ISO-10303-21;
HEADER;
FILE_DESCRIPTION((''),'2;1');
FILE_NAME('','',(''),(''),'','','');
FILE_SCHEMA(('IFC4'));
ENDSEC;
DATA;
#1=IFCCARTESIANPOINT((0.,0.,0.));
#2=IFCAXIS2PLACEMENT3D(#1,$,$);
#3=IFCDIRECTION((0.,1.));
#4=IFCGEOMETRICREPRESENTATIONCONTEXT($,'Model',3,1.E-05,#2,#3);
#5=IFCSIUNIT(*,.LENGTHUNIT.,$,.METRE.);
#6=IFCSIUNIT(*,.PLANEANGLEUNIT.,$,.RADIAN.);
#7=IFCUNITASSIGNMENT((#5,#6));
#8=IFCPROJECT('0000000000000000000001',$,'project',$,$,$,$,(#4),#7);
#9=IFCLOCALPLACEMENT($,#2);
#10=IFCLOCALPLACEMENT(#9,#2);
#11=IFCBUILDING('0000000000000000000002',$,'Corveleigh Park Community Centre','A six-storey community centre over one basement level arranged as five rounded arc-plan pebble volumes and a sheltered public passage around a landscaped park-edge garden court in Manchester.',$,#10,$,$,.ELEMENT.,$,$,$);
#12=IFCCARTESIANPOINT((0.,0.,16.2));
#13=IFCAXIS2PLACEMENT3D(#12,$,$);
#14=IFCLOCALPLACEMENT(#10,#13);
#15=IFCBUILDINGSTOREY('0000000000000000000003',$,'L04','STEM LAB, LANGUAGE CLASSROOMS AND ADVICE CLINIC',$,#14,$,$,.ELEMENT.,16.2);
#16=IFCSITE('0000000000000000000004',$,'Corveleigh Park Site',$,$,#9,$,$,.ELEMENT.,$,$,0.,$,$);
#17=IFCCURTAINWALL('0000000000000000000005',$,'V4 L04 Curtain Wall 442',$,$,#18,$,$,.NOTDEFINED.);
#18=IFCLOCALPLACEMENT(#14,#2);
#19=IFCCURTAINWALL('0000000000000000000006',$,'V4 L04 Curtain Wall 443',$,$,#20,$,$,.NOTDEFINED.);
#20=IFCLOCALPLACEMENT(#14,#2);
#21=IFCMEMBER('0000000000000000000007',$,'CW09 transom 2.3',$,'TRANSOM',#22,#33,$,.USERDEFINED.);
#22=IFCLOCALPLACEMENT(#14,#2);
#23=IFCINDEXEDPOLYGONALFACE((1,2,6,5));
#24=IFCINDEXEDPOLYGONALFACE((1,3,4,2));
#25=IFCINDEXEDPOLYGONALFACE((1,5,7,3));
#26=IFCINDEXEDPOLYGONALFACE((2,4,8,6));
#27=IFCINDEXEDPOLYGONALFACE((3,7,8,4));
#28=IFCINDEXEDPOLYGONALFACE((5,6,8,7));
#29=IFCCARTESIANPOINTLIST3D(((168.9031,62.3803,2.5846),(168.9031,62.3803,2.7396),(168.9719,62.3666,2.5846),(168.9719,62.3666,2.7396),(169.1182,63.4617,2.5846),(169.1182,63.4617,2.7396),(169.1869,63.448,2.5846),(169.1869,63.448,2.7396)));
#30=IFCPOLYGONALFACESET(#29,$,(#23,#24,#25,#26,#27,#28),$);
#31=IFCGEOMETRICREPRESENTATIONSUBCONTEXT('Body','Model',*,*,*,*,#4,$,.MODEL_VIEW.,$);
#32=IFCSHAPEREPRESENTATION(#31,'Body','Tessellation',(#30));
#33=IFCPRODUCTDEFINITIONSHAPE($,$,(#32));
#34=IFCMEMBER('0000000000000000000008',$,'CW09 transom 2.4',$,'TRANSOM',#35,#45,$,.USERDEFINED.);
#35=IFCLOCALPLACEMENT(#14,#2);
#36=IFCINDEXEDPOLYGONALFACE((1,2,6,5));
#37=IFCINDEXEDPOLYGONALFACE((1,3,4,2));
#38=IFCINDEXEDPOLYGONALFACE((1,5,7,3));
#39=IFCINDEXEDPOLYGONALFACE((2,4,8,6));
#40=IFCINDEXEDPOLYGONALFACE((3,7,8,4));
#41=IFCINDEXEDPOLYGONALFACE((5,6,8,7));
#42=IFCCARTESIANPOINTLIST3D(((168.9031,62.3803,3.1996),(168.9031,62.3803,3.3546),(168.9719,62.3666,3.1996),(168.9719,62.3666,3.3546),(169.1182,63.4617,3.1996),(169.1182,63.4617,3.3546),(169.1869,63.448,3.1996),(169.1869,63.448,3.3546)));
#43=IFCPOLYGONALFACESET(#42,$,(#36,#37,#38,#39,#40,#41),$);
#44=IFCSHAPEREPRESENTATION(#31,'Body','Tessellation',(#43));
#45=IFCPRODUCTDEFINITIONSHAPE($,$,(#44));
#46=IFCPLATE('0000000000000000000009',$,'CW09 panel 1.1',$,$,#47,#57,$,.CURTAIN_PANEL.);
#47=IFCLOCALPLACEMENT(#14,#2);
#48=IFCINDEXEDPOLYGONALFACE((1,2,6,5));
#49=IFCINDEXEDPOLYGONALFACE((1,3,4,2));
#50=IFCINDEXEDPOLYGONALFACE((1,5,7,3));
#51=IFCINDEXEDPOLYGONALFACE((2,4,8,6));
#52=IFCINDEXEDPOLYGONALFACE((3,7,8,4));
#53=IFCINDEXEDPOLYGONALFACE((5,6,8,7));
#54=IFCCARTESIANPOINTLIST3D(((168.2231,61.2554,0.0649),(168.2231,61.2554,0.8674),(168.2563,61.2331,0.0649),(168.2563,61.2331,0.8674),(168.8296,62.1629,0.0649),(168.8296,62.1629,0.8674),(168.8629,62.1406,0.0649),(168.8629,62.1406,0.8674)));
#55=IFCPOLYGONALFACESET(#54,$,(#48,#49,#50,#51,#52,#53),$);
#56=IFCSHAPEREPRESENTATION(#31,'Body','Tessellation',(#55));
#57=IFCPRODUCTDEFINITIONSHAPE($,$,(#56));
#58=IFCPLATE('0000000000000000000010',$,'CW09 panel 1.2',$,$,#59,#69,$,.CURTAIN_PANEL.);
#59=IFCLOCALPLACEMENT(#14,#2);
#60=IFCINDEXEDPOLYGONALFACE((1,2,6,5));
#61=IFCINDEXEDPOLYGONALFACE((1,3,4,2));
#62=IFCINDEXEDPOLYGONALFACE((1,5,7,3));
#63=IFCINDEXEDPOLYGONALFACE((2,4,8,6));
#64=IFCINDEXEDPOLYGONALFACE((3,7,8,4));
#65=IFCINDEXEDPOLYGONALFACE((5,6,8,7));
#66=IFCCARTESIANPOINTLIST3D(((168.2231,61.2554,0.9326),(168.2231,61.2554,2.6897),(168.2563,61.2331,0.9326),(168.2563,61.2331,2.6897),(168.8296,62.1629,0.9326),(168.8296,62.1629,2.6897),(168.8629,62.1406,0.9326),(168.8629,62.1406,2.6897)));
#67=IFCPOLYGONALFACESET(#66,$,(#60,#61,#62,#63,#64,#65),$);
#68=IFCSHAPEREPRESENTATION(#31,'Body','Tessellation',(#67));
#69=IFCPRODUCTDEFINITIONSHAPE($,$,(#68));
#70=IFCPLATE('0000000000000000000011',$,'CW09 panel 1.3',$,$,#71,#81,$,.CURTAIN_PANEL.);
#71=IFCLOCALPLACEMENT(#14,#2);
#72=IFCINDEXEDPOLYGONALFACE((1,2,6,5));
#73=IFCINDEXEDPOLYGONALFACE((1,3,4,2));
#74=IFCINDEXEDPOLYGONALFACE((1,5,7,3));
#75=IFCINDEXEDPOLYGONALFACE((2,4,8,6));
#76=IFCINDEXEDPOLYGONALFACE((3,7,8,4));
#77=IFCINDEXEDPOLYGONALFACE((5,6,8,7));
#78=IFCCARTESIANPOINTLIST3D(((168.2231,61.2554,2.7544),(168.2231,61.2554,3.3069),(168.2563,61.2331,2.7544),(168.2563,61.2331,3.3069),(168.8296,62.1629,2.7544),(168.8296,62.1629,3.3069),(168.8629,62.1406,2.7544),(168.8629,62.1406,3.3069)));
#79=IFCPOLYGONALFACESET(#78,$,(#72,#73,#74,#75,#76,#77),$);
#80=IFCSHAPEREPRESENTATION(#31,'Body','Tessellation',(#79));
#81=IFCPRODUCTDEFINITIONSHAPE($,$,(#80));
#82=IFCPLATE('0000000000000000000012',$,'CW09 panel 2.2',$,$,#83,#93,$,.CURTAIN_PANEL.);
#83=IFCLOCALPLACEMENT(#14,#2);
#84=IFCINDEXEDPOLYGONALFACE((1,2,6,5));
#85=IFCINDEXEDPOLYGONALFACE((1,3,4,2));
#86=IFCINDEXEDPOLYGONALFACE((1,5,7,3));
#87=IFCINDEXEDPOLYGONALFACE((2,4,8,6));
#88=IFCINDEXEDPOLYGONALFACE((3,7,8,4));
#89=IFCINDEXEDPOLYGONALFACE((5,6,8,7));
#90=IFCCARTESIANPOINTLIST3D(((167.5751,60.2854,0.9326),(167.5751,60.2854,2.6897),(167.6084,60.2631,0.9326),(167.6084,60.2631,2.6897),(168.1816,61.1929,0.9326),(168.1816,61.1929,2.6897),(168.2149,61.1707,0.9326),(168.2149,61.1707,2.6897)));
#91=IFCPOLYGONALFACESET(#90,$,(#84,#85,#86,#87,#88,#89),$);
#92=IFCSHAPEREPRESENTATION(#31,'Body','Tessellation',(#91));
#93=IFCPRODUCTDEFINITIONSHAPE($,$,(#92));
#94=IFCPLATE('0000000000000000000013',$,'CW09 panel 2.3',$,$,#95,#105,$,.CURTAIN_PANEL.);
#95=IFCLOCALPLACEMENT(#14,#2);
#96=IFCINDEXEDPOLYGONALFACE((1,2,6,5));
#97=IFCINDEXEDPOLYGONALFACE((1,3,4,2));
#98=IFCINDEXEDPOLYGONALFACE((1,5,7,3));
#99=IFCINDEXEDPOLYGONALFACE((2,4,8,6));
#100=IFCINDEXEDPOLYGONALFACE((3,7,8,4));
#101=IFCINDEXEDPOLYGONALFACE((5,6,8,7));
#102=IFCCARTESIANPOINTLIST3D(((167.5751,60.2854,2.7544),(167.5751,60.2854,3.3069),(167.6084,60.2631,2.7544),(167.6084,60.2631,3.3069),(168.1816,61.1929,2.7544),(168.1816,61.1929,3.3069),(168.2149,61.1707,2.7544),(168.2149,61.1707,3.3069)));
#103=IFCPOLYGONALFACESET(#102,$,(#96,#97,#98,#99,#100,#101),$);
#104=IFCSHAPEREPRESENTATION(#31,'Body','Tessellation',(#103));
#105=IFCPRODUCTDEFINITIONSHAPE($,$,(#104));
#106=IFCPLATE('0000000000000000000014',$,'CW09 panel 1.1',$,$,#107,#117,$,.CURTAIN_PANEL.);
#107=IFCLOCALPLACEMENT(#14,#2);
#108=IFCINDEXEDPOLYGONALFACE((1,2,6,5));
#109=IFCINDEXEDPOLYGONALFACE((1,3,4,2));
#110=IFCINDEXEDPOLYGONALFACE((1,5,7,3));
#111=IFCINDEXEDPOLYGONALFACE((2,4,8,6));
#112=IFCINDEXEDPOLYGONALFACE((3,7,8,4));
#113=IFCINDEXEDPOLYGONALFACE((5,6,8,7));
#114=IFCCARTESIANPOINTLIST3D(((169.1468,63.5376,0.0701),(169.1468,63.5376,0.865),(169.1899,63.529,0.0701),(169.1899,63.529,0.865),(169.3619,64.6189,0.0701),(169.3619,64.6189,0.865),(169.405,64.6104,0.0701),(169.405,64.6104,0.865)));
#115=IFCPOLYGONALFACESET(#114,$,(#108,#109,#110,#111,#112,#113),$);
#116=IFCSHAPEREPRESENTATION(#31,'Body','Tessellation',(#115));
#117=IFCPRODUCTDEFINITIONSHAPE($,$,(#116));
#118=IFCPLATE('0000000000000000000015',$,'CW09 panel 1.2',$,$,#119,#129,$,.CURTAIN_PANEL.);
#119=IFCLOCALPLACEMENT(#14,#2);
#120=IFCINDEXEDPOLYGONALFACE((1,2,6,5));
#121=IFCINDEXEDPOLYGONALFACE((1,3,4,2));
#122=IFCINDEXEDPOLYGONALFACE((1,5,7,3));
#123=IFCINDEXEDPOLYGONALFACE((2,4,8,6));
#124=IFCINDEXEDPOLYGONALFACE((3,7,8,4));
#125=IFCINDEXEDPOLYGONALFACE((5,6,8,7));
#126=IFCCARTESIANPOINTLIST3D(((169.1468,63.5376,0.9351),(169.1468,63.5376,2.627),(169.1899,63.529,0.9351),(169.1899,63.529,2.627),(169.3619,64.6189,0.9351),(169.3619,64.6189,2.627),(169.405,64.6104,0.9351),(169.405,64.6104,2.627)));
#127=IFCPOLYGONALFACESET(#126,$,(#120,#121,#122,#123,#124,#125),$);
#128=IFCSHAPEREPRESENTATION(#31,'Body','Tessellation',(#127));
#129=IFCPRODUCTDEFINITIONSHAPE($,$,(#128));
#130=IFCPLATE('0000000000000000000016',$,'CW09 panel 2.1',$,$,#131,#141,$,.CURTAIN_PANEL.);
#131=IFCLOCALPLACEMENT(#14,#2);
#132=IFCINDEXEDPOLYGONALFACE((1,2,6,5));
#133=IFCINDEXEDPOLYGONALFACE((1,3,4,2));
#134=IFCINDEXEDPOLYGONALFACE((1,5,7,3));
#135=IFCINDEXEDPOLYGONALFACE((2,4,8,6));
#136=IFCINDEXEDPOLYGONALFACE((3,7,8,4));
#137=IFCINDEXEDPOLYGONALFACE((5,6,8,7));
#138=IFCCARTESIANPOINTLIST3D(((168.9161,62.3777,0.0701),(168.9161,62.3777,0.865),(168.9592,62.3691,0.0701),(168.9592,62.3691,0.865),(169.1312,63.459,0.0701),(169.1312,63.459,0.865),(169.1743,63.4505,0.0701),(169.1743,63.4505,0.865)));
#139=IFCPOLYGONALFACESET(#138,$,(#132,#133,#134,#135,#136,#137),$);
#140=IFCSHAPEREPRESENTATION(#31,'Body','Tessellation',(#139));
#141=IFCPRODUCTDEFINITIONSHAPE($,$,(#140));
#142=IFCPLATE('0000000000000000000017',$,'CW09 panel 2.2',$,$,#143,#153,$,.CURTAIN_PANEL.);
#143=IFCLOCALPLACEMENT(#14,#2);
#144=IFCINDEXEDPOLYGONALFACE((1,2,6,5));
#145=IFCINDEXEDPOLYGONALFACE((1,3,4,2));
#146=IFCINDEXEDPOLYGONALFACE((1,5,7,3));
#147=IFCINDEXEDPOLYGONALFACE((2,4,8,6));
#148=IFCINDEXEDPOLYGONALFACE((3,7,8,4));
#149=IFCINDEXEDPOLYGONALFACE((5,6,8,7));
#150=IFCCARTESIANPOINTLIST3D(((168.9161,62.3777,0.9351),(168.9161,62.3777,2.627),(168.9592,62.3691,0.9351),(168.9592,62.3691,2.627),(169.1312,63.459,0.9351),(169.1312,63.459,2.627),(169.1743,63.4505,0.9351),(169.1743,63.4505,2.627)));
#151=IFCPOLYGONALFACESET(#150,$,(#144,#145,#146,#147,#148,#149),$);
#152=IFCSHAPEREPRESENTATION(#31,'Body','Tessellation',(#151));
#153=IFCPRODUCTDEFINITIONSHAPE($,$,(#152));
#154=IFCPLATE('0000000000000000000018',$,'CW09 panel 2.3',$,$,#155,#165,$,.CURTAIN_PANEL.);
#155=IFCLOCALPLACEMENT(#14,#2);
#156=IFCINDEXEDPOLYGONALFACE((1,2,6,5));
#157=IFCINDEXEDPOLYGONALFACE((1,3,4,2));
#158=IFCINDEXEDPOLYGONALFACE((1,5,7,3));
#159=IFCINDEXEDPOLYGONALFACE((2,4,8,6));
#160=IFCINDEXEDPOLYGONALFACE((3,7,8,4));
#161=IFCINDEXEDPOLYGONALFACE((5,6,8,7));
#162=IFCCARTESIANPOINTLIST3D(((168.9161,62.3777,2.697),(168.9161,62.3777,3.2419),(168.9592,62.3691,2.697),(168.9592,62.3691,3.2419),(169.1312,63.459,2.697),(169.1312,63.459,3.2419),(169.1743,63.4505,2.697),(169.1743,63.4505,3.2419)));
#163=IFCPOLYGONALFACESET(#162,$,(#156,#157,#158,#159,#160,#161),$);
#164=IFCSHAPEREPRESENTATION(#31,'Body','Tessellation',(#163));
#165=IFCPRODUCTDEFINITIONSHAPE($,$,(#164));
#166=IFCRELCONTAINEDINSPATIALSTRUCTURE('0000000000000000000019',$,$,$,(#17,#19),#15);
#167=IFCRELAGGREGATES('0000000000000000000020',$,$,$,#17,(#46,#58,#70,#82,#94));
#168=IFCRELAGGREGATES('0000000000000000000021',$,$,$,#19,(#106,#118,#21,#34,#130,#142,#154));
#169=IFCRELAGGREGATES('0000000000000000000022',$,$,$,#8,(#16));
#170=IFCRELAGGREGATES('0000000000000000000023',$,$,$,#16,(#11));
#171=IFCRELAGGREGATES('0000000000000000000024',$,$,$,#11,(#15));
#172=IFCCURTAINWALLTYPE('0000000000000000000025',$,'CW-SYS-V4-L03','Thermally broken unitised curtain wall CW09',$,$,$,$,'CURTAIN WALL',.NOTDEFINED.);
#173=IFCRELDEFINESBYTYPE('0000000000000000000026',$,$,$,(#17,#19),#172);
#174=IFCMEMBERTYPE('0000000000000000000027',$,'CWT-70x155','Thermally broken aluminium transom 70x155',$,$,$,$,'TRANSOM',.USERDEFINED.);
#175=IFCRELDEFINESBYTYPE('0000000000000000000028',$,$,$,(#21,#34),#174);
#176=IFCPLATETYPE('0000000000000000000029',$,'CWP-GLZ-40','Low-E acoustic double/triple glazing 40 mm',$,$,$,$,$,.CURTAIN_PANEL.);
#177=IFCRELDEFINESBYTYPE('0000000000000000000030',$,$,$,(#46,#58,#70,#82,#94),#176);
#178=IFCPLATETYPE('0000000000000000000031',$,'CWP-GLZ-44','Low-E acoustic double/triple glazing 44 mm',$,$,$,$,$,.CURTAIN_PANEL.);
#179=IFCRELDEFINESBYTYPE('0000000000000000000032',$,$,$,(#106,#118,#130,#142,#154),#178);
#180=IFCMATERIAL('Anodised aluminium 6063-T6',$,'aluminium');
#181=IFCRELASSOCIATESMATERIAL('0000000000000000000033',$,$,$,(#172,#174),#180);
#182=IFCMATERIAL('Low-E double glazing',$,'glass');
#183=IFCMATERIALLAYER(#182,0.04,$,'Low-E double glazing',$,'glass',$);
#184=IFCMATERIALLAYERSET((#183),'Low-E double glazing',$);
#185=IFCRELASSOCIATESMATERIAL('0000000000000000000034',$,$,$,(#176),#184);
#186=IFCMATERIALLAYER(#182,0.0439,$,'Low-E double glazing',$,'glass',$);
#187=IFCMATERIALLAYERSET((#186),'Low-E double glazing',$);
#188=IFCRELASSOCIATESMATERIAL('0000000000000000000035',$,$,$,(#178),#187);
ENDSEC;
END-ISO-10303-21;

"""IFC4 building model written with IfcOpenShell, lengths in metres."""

from ifc_helpers import new_model, si_unit, direction, frame, origin, origin_2d, place, context, subcontext, project, spatial, rectangle, extrude, material, layer, layer_set, material_profile, profile_set, type_object, element, aggregate, save


model = new_model("IFC4")

# Units and contexts
model_context = context("Model", 3, precision=1e-05, world=origin(), true_north=direction((0.0, 1.0)))
body_context = subcontext(model_context, "Body", "Model", "MODEL_VIEW")
ifc_project = project(units=[si_unit("LENGTHUNIT", "METRE"), si_unit("PLANEANGLEUNIT", "RADIAN")], contexts=[model_context])

# Site, building, storey
site_placement = place(None, origin())
site = spatial("IfcSite", under=ifc_project, at=site_placement, Name="Corveleigh Park Site", CompositionType="ELEMENT", RefElevation=0.0)
building_placement = place(site_placement, origin())
building = spatial("IfcBuilding", under=site, at=building_placement, Name="Corveleigh Park Community Centre", Description="A six-storey community centre over one basement level arranged as five rounded arc-plan pebble volumes and a sheltered public passage around a landscaped park-edge garden court in Manchester.", CompositionType="ELEMENT")
storey_placement = place(building_placement, frame((0.0, 0.0, 16.2)))
storey = spatial("IfcBuildingStorey", under=building, at=storey_placement, Name="L04", Description="STEM LAB, LANGUAGE CLASSROOMS AND ADVICE CLINIC", CompositionType="ELEMENT", Elevation=16.2)

# Curtain walls
ifc_material_1 = material(Name="Anodised aluminium 6063-T6", Category="aluminium")
curtain_wall_type = type_object("IfcCurtainWallType", Name="CW-SYS-V4-L03", Description="Thermally broken unitised curtain wall CW09", ElementType="CURTAIN WALL", PredefinedType="NOTDEFINED", material=ifc_material_1)
curtain_wall_1_placement = place(storey_placement, origin())
curtain_wall_1 = element("IfcCurtainWall", 1, at=curtain_wall_1_placement, inside=storey, type_object=curtain_wall_type, Name="V4 L04 Curtain Wall 442", PredefinedType="NOTDEFINED")
curtain_wall_2_placement = place(storey_placement, origin())
curtain_wall_2 = element("IfcCurtainWall", 2, at=curtain_wall_2_placement, inside=storey, type_object=curtain_wall_type, Name="V4 L04 Curtain Wall 443", PredefinedType="NOTDEFINED")

# Members
ifc_material_profile_1 = material_profile(ifc_material_1, rectangle(XDim=0.0701, YDim=0.155, at=origin_2d()), Name="ALU-T70x155", Category="aluminium")
ifc_profile_set_1 = profile_set([ifc_material_profile_1], Name="Anodised aluminium 6063-T6")
member_type_1 = type_object("IfcMemberType", Name="CWT-70x155", Description="Thermally broken aluminium transom 70x155", ElementType="TRANSOM", PredefinedType="USERDEFINED", material=ifc_profile_set_1)
member_1_placement = place(storey_placement, frame((169.1526, 63.4548, 2.6621), z_axis=(-0.195094, -0.980785, 0.0), x_axis=(0.980785, -0.195094, 0.0)))
member_1 = element("IfcMember", 3, at=member_1_placement, type_object=member_type_1, Name="CW09 transom 2.3", ObjectType="TRANSOM", PredefinedType="USERDEFINED", context=body_context, shape_type="SweptSolid", body=[
    extrude(rectangle(XDim=0.0701, YDim=0.155, at=origin_2d()), origin(), (0.0, 0.0, 1.0), 1.1025),
])
member_2_placement = place(storey_placement, frame((169.1526, 63.4548, 3.2771), z_axis=(-0.195094, -0.980785, 0.0), x_axis=(0.980785, -0.195094, 0.0)))
member_2 = element("IfcMember", 4, at=member_2_placement, type_object=member_type_1, Name="CW09 transom 2.4", ObjectType="TRANSOM", PredefinedType="USERDEFINED", context=body_context, shape_type="SweptSolid", body=[
    extrude(rectangle(XDim=0.0701, YDim=0.155, at=origin_2d()), origin(), (0.0, 0.0, 1.0), 1.1025),
])

# Plates
ifc_material_2 = material(Name="Low-E double glazing", Category="glass")
ifc_layer_1 = layer(ifc_material_2, 0.04, Name="Low-E double glazing", Category="glass")
ifc_layer_set_1 = layer_set([ifc_layer_1], Name="Low-E double glazing")
plate_type_1 = type_object("IfcPlateType", Name="CWP-GLZ-40", Description="Low-E acoustic double/triple glazing 40 mm", PredefinedType="CURTAIN_PANEL", material=ifc_layer_set_1)
plate_1_placement = place(storey_placement, frame((168.543, 61.698, 0.0649), z_axis=(0.0, 0.0, 1.0), x_axis=(-0.555658, -0.831411, 0.0)))
plate_1 = element("IfcPlate", 5, at=plate_1_placement, type_object=plate_type_1, Name="CW09 panel 1.1", PredefinedType="CURTAIN_PANEL", context=body_context, shape_type="SweptSolid", body=[
    extrude(rectangle(XDim=1.0916, YDim=0.04, at=origin_2d()), origin(), (0.0, 0.0, 1.0), 0.8025),
])
plate_2_placement = place(storey_placement, frame((168.543, 61.698, 0.9326), z_axis=(0.0, 0.0, 1.0), x_axis=(-0.555658, -0.831411, 0.0)))
plate_2 = element("IfcPlate", 6, at=plate_2_placement, type_object=plate_type_1, Name="CW09 panel 1.2", PredefinedType="CURTAIN_PANEL", context=body_context, shape_type="SweptSolid", body=[
    extrude(rectangle(XDim=1.0916, YDim=0.04, at=origin_2d()), origin(), (0.0, 0.0, 1.0), 1.7571),
])
plate_3_placement = place(storey_placement, frame((168.543, 61.698, 2.7544), z_axis=(0.0, 0.0, 1.0), x_axis=(-0.555658, -0.831411, 0.0)))
plate_3 = element("IfcPlate", 7, at=plate_3_placement, type_object=plate_type_1, Name="CW09 panel 1.3", PredefinedType="CURTAIN_PANEL", context=body_context, shape_type="SweptSolid", body=[
    extrude(rectangle(XDim=1.0916, YDim=0.04, at=origin_2d()), origin(), (0.0, 0.0, 1.0), 0.5525),
])
plate_4_placement = place(storey_placement, frame((167.895, 60.728, 0.9326), z_axis=(0.0, 0.0, 1.0), x_axis=(-0.555658, -0.831411, 0.0)))
plate_4 = element("IfcPlate", 8, at=plate_4_placement, type_object=plate_type_1, Name="CW09 panel 2.2", PredefinedType="CURTAIN_PANEL", context=body_context, shape_type="SweptSolid", body=[
    extrude(rectangle(XDim=1.0916, YDim=0.04, at=origin_2d()), origin(), (0.0, 0.0, 1.0), 1.7571),
])
plate_5_placement = place(storey_placement, frame((167.895, 60.728, 2.7544), z_axis=(0.0, 0.0, 1.0), x_axis=(-0.555658, -0.831411, 0.0)))
plate_5 = element("IfcPlate", 9, at=plate_5_placement, type_object=plate_type_1, Name="CW09 panel 2.3", PredefinedType="CURTAIN_PANEL", context=body_context, shape_type="SweptSolid", body=[
    extrude(rectangle(XDim=1.0916, YDim=0.04, at=origin_2d()), origin(), (0.0, 0.0, 1.0), 0.5525),
])
aggregate(curtain_wall_1, [plate_1, plate_2, plate_3, plate_4, plate_5])
ifc_layer_2 = layer(ifc_material_2, 0.0439, Name="Low-E double glazing", Category="glass")
ifc_layer_set_2 = layer_set([ifc_layer_2], Name="Low-E double glazing")
plate_type_2 = type_object("IfcPlateType", Name="CWP-GLZ-44", Description="Low-E acoustic double/triple glazing 44 mm", PredefinedType="CURTAIN_PANEL", material=ifc_layer_set_2)
plate_6_placement = place(storey_placement, frame((169.2759, 64.074, 0.0701), z_axis=(0.0, 0.0, 1.0), x_axis=(-0.195094, -0.980785, 0.0)))
plate_6 = element("IfcPlate", 10, at=plate_6_placement, type_object=plate_type_2, Name="CW09 panel 1.1", PredefinedType="CURTAIN_PANEL", context=body_context, shape_type="SweptSolid", body=[
    extrude(rectangle(XDim=1.1025, YDim=0.0439, at=origin_2d()), origin(), (0.0, 0.0, 1.0), 0.7949),
])
plate_7_placement = place(storey_placement, frame((169.2759, 64.074, 0.9351), z_axis=(0.0, 0.0, 1.0), x_axis=(-0.195094, -0.980785, 0.0)))
plate_7 = element("IfcPlate", 11, at=plate_7_placement, type_object=plate_type_2, Name="CW09 panel 1.2", PredefinedType="CURTAIN_PANEL", context=body_context, shape_type="SweptSolid", body=[
    extrude(rectangle(XDim=1.1025, YDim=0.0439, at=origin_2d()), origin(), (0.0, 0.0, 1.0), 1.6919),
])
plate_8_placement = place(storey_placement, frame((169.0452, 62.9141, 0.0701), z_axis=(0.0, 0.0, 1.0), x_axis=(-0.195094, -0.980785, 0.0)))
plate_8 = element("IfcPlate", 12, at=plate_8_placement, type_object=plate_type_2, Name="CW09 panel 2.1", PredefinedType="CURTAIN_PANEL", context=body_context, shape_type="SweptSolid", body=[
    extrude(rectangle(XDim=1.1025, YDim=0.0439, at=origin_2d()), origin(), (0.0, 0.0, 1.0), 0.7949),
])
plate_9_placement = place(storey_placement, frame((169.0452, 62.9141, 0.9351), z_axis=(0.0, 0.0, 1.0), x_axis=(-0.195094, -0.980785, 0.0)))
plate_9 = element("IfcPlate", 13, at=plate_9_placement, type_object=plate_type_2, Name="CW09 panel 2.2", PredefinedType="CURTAIN_PANEL", context=body_context, shape_type="SweptSolid", body=[
    extrude(rectangle(XDim=1.1025, YDim=0.0439, at=origin_2d()), origin(), (0.0, 0.0, 1.0), 1.6919),
])
plate_10_placement = place(storey_placement, frame((169.0452, 62.9141, 2.697), z_axis=(0.0, 0.0, 1.0), x_axis=(-0.195094, -0.980785, 0.0)))
plate_10 = element("IfcPlate", 14, at=plate_10_placement, type_object=plate_type_2, Name="CW09 panel 2.3", PredefinedType="CURTAIN_PANEL", context=body_context, shape_type="SweptSolid", body=[
    extrude(rectangle(XDim=1.1025, YDim=0.0439, at=origin_2d()), origin(), (0.0, 0.0, 1.0), 0.5449),
])
aggregate(curtain_wall_2, [plate_6, plate_7, member_1, member_2, plate_8, plate_9, plate_10])

save(model, "model.ifc")
